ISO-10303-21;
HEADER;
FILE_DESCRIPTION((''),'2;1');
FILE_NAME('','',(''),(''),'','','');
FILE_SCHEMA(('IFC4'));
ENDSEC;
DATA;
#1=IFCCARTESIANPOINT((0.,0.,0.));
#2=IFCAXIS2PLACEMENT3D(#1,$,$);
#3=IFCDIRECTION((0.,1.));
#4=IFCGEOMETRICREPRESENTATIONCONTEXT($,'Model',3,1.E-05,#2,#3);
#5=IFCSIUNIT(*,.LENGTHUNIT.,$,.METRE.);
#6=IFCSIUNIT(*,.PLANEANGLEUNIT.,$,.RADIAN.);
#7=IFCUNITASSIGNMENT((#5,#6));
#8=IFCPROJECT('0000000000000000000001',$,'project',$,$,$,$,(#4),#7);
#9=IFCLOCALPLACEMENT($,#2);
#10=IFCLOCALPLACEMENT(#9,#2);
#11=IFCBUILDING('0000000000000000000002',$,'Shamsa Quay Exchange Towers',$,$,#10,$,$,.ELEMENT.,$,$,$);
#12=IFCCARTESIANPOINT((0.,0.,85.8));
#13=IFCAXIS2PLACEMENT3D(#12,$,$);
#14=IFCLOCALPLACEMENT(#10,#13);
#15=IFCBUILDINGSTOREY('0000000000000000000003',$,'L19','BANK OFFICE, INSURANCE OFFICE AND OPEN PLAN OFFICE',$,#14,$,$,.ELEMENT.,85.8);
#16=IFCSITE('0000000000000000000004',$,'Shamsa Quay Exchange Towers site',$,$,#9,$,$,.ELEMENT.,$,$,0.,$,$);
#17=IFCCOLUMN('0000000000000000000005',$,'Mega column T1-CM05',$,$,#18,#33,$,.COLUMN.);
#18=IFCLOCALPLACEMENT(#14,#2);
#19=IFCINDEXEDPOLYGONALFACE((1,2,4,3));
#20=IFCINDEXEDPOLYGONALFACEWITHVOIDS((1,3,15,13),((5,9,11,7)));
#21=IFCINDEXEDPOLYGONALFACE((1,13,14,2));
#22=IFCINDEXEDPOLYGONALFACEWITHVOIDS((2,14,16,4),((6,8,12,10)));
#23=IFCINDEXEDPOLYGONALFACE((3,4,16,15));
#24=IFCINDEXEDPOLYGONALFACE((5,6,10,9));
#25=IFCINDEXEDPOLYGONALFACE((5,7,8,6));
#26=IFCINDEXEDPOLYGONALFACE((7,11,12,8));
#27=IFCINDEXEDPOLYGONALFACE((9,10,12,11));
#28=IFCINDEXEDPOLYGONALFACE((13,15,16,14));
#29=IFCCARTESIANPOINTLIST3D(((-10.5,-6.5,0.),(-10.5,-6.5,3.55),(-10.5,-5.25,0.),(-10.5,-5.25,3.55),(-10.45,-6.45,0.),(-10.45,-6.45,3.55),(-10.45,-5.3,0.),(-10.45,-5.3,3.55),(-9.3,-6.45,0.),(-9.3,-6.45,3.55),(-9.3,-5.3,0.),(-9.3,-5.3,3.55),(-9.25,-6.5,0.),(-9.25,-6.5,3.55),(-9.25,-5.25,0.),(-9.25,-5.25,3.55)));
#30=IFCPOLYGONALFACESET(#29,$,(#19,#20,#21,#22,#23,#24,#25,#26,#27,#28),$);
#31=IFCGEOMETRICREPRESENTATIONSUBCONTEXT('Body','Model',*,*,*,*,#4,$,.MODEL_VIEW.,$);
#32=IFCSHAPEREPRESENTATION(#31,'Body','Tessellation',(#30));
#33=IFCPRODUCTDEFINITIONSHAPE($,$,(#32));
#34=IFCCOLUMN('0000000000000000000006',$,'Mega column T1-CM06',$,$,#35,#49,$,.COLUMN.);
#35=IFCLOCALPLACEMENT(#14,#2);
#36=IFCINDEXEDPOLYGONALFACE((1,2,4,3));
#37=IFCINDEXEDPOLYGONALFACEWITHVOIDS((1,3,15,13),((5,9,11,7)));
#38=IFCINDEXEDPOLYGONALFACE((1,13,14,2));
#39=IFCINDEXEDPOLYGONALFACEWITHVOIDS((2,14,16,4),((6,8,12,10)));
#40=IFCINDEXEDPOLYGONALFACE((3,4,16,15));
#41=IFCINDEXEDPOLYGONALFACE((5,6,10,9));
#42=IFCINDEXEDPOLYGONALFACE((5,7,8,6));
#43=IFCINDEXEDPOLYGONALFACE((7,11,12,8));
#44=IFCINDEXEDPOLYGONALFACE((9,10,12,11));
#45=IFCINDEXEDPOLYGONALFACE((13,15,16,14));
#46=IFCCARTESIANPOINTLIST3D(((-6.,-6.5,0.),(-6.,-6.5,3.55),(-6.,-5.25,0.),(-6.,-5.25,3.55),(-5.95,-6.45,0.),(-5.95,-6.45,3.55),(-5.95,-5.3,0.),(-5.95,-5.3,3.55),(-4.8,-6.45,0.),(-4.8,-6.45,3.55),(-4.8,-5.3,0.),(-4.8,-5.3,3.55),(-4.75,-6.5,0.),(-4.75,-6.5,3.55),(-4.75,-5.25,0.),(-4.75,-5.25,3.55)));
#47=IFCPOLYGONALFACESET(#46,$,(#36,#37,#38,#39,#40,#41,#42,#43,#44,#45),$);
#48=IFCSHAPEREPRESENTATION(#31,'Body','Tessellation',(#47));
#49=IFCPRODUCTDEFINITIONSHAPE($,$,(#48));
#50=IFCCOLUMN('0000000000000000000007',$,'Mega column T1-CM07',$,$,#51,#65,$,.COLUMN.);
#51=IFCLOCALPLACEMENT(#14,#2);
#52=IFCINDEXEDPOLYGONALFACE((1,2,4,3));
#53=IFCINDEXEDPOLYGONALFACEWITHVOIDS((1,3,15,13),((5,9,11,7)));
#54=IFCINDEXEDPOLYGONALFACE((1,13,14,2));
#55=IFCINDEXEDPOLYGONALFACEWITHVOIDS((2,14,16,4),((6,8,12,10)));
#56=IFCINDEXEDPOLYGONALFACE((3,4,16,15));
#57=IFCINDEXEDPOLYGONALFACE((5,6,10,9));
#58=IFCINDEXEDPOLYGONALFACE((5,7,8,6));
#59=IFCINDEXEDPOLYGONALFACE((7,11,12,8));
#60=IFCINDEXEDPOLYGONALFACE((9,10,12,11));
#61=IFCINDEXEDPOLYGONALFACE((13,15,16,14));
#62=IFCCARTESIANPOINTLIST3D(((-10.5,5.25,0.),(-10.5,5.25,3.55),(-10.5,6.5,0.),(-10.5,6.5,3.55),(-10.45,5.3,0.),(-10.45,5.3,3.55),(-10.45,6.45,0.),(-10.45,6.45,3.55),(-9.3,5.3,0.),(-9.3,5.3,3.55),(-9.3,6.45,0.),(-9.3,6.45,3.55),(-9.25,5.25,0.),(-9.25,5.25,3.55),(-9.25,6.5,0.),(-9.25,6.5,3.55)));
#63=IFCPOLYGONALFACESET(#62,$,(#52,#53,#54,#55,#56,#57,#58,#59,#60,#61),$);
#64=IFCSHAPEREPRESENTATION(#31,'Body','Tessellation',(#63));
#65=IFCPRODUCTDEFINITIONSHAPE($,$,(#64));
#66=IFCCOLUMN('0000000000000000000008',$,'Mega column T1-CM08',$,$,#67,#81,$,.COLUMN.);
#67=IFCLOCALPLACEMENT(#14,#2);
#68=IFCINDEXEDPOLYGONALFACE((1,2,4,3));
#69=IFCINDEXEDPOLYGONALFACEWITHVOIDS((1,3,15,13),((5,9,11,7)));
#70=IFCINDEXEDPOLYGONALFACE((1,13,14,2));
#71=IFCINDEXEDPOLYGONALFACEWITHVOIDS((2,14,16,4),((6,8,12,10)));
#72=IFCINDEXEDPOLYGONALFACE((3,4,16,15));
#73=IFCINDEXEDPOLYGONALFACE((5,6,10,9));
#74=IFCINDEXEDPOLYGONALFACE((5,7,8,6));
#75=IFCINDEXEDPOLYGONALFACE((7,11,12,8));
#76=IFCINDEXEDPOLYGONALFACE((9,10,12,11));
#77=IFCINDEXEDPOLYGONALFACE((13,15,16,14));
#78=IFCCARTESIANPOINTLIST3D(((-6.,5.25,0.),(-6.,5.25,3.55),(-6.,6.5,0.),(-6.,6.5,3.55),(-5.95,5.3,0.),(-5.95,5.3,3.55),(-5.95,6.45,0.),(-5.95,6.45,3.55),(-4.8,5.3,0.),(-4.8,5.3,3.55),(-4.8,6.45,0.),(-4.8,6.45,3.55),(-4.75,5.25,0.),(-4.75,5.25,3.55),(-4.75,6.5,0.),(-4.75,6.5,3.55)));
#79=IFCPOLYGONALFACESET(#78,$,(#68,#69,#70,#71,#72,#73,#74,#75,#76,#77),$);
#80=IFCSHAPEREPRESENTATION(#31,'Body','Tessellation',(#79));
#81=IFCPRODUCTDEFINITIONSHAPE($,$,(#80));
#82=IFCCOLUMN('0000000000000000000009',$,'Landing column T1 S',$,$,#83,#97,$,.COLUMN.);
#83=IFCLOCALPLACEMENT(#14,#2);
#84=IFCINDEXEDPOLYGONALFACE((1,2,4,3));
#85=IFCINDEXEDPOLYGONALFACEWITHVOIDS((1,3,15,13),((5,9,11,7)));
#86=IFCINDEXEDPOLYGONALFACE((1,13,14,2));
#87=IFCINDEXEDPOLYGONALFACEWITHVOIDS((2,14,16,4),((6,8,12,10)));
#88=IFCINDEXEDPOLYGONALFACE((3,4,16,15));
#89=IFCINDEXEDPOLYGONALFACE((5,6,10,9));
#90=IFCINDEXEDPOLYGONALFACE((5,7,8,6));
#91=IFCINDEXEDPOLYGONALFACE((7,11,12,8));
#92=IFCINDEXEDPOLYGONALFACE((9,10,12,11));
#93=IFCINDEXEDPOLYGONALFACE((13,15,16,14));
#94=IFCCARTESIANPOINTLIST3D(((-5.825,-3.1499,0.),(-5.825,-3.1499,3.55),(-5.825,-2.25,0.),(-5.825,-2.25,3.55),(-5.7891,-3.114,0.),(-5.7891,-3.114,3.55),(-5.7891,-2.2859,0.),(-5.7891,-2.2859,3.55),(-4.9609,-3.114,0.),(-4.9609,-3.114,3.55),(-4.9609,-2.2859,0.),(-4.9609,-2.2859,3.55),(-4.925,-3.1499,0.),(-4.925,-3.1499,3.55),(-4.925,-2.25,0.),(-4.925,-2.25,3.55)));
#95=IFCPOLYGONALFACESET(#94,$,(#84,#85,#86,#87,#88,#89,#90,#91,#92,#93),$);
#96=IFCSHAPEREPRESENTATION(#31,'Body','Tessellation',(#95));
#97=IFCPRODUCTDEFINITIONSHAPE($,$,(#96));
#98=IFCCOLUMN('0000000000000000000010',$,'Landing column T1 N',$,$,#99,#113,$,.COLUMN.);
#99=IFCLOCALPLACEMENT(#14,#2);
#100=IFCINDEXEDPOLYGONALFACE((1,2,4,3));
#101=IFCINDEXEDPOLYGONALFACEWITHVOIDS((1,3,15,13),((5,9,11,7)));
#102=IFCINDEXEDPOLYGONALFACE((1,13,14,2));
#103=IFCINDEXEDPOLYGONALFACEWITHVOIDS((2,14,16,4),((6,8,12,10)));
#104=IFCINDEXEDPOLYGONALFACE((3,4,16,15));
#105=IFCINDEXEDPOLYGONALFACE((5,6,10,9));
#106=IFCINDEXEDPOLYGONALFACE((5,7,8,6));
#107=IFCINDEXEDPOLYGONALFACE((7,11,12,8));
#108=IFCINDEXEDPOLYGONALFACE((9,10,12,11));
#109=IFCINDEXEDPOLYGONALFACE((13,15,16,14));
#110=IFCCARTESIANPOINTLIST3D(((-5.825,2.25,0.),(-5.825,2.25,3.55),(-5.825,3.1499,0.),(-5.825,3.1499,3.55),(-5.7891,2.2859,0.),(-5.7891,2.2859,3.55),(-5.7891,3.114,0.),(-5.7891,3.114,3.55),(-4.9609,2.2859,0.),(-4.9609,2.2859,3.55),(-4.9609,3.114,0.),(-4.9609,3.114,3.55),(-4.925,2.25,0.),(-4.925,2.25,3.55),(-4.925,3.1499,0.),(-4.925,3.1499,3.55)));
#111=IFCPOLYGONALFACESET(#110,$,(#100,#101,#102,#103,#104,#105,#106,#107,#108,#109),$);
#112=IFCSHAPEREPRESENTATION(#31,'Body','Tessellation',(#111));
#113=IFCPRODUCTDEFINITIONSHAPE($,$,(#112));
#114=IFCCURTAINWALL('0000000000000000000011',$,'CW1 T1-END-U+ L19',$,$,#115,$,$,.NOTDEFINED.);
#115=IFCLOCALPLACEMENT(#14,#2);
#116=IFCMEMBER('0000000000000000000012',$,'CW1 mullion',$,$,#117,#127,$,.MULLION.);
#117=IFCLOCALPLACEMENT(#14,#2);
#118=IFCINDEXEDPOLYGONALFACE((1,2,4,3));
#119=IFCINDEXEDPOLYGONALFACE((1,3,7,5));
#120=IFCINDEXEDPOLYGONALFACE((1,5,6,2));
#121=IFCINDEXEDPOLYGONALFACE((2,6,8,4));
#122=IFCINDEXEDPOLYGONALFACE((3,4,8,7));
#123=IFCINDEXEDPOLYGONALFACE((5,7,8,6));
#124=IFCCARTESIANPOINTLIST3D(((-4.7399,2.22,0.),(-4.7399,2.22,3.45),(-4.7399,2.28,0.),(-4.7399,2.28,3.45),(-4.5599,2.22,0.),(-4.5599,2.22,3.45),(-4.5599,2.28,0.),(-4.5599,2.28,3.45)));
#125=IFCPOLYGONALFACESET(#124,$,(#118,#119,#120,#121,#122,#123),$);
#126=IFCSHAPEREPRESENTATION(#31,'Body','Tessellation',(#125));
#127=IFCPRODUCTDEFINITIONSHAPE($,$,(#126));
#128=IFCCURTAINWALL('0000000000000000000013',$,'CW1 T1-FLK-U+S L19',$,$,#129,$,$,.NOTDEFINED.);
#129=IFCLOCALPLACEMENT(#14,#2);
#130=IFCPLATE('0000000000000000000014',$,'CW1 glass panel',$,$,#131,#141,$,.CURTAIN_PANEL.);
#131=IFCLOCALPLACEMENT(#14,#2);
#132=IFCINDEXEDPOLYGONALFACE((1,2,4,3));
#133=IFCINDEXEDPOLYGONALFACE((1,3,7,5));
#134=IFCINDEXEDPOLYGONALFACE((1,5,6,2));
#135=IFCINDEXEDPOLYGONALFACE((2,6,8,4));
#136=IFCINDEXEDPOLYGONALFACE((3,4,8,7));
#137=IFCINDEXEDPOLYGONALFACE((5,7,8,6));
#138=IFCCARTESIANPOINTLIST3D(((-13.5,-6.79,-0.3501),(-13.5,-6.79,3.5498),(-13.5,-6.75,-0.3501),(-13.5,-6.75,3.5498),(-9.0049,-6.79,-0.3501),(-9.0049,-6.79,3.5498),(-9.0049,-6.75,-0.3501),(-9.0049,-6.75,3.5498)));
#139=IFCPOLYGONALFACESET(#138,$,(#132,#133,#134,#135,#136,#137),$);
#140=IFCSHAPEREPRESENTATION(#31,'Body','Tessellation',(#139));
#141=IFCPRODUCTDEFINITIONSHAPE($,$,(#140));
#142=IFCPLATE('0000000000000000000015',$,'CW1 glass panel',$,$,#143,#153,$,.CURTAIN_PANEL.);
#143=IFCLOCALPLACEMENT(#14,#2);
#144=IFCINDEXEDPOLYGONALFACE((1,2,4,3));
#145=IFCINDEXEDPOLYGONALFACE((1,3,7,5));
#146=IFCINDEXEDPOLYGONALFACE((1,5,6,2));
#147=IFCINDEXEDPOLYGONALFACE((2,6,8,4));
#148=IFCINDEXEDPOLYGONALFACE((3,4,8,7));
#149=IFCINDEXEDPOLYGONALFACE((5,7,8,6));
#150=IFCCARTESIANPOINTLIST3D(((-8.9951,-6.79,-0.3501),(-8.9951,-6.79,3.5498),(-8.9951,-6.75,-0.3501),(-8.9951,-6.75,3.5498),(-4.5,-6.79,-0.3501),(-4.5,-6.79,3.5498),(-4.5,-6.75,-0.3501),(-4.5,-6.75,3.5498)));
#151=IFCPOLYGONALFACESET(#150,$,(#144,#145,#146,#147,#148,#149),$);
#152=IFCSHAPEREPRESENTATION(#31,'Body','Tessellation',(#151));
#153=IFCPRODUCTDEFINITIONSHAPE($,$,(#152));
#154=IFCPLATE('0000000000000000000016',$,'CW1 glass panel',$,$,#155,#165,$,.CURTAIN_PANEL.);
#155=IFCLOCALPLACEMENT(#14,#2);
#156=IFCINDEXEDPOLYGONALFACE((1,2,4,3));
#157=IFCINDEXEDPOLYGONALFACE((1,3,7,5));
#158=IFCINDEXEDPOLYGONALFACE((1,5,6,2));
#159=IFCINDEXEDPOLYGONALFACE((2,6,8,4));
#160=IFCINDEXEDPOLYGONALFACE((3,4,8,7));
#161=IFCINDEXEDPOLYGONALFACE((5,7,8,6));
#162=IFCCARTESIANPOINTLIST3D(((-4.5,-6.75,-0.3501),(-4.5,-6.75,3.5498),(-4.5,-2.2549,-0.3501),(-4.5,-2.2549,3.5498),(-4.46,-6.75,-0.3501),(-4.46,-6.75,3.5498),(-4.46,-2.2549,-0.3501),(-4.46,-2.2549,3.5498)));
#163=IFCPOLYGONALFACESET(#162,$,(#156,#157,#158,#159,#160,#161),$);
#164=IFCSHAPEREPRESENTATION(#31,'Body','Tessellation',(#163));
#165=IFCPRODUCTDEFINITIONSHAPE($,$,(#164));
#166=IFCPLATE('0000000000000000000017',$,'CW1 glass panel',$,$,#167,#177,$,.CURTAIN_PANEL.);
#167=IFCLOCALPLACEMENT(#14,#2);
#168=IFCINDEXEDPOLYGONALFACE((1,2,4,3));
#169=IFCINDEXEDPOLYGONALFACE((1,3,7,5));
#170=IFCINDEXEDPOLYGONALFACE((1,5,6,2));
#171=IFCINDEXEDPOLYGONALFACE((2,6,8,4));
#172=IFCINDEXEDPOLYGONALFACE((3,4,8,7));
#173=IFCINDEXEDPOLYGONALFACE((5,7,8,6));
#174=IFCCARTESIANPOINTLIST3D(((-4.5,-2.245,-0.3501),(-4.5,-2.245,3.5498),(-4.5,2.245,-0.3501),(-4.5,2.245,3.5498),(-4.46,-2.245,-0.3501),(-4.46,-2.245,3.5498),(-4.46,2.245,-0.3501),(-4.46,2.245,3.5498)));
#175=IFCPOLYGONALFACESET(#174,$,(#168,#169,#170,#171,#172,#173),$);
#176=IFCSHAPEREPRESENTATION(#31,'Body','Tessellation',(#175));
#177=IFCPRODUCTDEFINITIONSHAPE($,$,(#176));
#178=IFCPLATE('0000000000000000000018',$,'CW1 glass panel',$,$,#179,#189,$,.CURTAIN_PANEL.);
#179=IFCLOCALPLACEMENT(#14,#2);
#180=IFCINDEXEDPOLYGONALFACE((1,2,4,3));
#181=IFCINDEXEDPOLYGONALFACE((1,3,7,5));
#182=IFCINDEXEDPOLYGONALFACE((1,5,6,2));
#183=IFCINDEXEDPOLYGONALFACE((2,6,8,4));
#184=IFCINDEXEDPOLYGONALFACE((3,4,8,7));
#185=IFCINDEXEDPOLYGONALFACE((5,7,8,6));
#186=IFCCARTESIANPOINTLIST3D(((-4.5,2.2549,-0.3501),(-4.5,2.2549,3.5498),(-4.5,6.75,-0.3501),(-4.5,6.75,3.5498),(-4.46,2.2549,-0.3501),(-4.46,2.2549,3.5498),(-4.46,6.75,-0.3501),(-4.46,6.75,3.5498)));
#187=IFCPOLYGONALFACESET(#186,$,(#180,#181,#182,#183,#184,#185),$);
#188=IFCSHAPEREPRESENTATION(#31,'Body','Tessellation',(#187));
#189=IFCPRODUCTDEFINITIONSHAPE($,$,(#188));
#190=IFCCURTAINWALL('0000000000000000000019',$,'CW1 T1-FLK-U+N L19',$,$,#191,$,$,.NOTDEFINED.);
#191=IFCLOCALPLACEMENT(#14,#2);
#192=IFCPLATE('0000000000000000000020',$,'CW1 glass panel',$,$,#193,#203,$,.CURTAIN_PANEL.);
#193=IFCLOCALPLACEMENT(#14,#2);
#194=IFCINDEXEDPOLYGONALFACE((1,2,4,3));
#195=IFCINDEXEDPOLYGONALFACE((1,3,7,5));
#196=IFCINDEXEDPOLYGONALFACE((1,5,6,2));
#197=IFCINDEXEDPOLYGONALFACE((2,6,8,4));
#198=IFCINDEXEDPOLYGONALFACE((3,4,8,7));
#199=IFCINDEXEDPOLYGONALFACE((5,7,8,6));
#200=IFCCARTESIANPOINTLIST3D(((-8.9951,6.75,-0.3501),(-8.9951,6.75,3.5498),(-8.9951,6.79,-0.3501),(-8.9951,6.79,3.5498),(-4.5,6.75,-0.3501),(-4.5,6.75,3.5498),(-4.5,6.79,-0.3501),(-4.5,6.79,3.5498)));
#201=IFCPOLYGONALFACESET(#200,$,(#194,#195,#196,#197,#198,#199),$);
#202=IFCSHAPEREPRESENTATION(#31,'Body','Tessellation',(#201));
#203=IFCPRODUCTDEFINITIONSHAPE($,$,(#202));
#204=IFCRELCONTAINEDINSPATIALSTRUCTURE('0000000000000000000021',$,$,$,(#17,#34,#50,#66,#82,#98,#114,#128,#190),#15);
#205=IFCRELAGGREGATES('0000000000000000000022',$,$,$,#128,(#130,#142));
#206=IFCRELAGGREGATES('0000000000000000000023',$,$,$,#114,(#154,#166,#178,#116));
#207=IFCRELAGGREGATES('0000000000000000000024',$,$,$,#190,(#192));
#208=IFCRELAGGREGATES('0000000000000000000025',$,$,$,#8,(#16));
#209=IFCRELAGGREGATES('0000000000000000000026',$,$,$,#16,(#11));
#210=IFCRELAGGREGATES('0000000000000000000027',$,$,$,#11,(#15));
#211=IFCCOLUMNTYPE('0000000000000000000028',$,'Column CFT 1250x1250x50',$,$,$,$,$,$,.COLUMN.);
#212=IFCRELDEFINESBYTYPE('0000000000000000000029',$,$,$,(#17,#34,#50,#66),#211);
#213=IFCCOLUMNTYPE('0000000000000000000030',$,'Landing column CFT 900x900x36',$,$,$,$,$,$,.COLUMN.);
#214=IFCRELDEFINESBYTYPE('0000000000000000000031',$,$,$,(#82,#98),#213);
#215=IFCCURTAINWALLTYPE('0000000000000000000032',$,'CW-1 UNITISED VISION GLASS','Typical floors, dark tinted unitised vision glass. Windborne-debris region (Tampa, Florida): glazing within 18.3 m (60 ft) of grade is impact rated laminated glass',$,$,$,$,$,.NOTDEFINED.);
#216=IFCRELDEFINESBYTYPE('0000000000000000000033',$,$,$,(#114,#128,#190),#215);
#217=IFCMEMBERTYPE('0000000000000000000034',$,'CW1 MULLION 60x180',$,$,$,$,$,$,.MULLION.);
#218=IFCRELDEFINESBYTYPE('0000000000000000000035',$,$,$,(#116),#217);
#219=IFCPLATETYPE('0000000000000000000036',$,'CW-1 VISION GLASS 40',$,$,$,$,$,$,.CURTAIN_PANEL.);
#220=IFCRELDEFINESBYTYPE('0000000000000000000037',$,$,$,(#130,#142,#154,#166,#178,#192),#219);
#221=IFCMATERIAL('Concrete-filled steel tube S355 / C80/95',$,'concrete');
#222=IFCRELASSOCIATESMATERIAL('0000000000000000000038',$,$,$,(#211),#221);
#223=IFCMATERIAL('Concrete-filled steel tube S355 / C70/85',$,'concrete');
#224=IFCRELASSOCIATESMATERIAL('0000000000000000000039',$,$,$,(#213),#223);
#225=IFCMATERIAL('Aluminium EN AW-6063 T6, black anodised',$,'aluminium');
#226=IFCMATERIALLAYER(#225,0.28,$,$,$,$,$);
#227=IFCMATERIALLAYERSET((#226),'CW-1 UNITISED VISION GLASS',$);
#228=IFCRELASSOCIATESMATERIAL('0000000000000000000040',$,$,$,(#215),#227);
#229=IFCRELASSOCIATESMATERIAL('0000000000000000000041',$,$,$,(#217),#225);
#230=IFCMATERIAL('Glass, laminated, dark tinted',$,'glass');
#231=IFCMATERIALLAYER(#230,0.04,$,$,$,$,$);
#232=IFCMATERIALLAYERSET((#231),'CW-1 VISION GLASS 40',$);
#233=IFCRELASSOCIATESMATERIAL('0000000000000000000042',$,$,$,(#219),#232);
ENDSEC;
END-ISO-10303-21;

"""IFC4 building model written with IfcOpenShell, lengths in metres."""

from ifc_helpers import new_model, si_unit, direction, frame, origin, origin_2d, place, context, subcontext, project, spatial, rectangle, hollow_rectangle, extrude, material, layer, layer_set, material_profile, profile_set, type_object, element, aggregate, save


model = new_model("IFC4")

# Units and contexts
model_context = context("Model", 3, precision=1e-05, world=origin(), true_north=direction((0.0, 1.0)))
body_context = subcontext(model_context, "Body", "Model", "MODEL_VIEW")
ifc_project = project(units=[si_unit("LENGTHUNIT", "METRE"), si_unit("PLANEANGLEUNIT", "RADIAN")], contexts=[model_context])

# Site, building, storey
site_placement = place(None, origin())
site = spatial("IfcSite", under=ifc_project, at=site_placement, Name="Shamsa Quay Exchange Towers site", CompositionType="ELEMENT", RefElevation=0.0)
building_placement = place(site_placement, origin())
building = spatial("IfcBuilding", under=site, at=building_placement, Name="Shamsa Quay Exchange Towers", CompositionType="ELEMENT")
storey_placement = place(building_placement, frame((0.0, 0.0, 85.8)))
storey = spatial("IfcBuildingStorey", under=building, at=storey_placement, Name="L19", Description="BANK OFFICE, INSURANCE OFFICE AND OPEN PLAN OFFICE", CompositionType="ELEMENT", Elevation=85.8)

# Columns
ifc_material_1 = material(Name="Concrete-filled steel tube S355 / C80/95", Category="concrete")
ifc_material_profile_1 = material_profile(ifc_material_1, hollow_rectangle(XDim=1.25, YDim=1.25, WallThickness=0.05, at=origin_2d()), Name="CFT 1250x1250x50")
ifc_profile_set_1 = profile_set([ifc_material_profile_1], Name="Concrete-filled steel tube S355 / C80/95")
column_type_1 = type_object("IfcColumnType", Name="Column CFT 1250x1250x50", PredefinedType="COLUMN", material=ifc_profile_set_1)
for number, where, name in (
    (1, (-9.875, -5.875, 0.0), "Mega column T1-CM05"),
    (2, (-5.375, -5.875, 0.0), "Mega column T1-CM06"),
    (3, (-9.875, 5.875, 0.0), "Mega column T1-CM07"),
    (4, (-5.375, 5.875, 0.0), "Mega column T1-CM08"),
):
    element("IfcColumn", number, at=place(storey_placement, frame(where)), inside=storey, type_object=column_type_1, Name=name, PredefinedType="COLUMN", context=body_context, shape_type="SweptSolid", body=[
        extrude(hollow_rectangle(XDim=1.25, YDim=1.25, WallThickness=0.05, at=origin_2d()), origin(), (0.0, 0.0, 1.0), 3.55),
    ])
ifc_material_2 = material(Name="Concrete-filled steel tube S355 / C70/85", Category="concrete")
ifc_material_profile_2 = material_profile(ifc_material_2, hollow_rectangle(XDim=0.8999, YDim=0.8999, WallThickness=0.0359, at=origin_2d()), Name="CFT 900x900x36")
ifc_profile_set_2 = profile_set([ifc_material_profile_2], Name="Concrete-filled steel tube S355 / C70/85")
column_type_2 = type_object("IfcColumnType", Name="Landing column CFT 900x900x36", PredefinedType="COLUMN", material=ifc_profile_set_2)
for number, where, name in (
    (5, (-5.375, -2.7, 0.0), "Landing column T1 S"),
    (6, (-5.375, 2.7, 0.0), "Landing column T1 N"),
):
    element("IfcColumn", number, at=place(storey_placement, frame(where)), inside=storey, type_object=column_type_2, Name=name, PredefinedType="COLUMN", context=body_context, shape_type="SweptSolid", body=[
        extrude(hollow_rectangle(XDim=0.8999, YDim=0.8999, WallThickness=0.0359, at=origin_2d()), origin(), (0.0, 0.0, 1.0), 3.55),
    ])

# Curtain wall, member
ifc_material_3 = material(Name="Aluminium EN AW-6063 T6, black anodised", Category="aluminium")
ifc_layer_1 = layer(ifc_material_3, 0.28)
ifc_layer_set_1 = layer_set([ifc_layer_1], Name="CW-1 UNITISED VISION GLASS")
curtain_wall_type_1 = type_object("IfcCurtainWallType", Name="CW-1 UNITISED VISION GLASS", Description="Typical floors, dark tinted unitised vision glass. Windborne-debris region (Tampa, Florida): glazing within 18.3 m (60 ft) of grade is impact rated laminated glass", PredefinedType="NOTDEFINED", material=ifc_layer_set_1)
curtain_wall_1_placement = place(storey_placement, origin())
curtain_wall_1 = element("IfcCurtainWall", 7, at=curtain_wall_1_placement, inside=storey, type_object=curtain_wall_type_1, Name="CW1 T1-END-U+ L19", PredefinedType="NOTDEFINED")
ifc_material_profile_3 = material_profile(ifc_material_3, rectangle(XDim=0.1799, YDim=0.0601, at=origin_2d()), Name="MU60x180")
ifc_profile_set_3 = profile_set([ifc_material_profile_3], Name="Aluminium EN AW-6063 T6, black anodised")
member_type = type_object("IfcMemberType", Name="CW1 MULLION 60x180", PredefinedType="MULLION", material=ifc_profile_set_3)
member_placement = place(storey_placement, frame((-4.6499, 2.25, 0.0), z_axis=(0.0, 0.0, 1.0), x_axis=(-1.0, 0.0, 0.0)))
member = element("IfcMember", 8, at=member_placement, type_object=member_type, Name="CW1 mullion", PredefinedType="MULLION", context=body_context, shape_type="SweptSolid", body=[
    extrude(rectangle(XDim=0.1799, YDim=0.0601, at=origin_2d()), origin(), (0.0, 0.0, 1.0), 3.45),
])

# Curtain wall, plates
curtain_wall_2_placement = place(storey_placement, origin())
curtain_wall_2 = element("IfcCurtainWall", 9, at=curtain_wall_2_placement, inside=storey, type_object=curtain_wall_type_1, Name="CW1 T1-FLK-U+S L19", PredefinedType="NOTDEFINED")
ifc_material_4 = material(Name="Glass, laminated, dark tinted", Category="glass")
ifc_layer_2 = layer(ifc_material_4, 0.04)
ifc_layer_set_2 = layer_set([ifc_layer_2], Name="CW-1 VISION GLASS 40")
plate_type_1 = type_object("IfcPlateType", Name="CW-1 VISION GLASS 40", PredefinedType="CURTAIN_PANEL", material=ifc_layer_set_2)
plate_1_placement = place(storey_placement, frame((-11.2524, -6.77, -0.3501)))
plate_1 = element("IfcPlate", 10, at=plate_1_placement, type_object=plate_type_1, Name="CW1 glass panel", PredefinedType="CURTAIN_PANEL", context=body_context, shape_type="SweptSolid", body=[
    extrude(rectangle(XDim=4.4951, YDim=0.04, at=origin_2d()), origin(), (0.0, 0.0, 1.0), 3.8999),
])
plate_2_placement = place(storey_placement, frame((-6.7476, -6.77, -0.3501)))
plate_2 = element("IfcPlate", 11, at=plate_2_placement, type_object=plate_type_1, Name="CW1 glass panel", PredefinedType="CURTAIN_PANEL", context=body_context, shape_type="SweptSolid", body=[
    extrude(rectangle(XDim=4.4951, YDim=0.04, at=origin_2d()), origin(), (0.0, 0.0, 1.0), 3.8999),
])
aggregate(curtain_wall_2, [plate_1, plate_2])

# Plates
plate_3_placement = place(storey_placement, frame((-4.48, -4.5024, -0.3501), z_axis=(0.0, 0.0, 1.0), x_axis=(0.0, 1.0, 0.0)))
plate_3 = element("IfcPlate", 12, at=plate_3_placement, type_object=plate_type_1, Name="CW1 glass panel", PredefinedType="CURTAIN_PANEL", context=body_context, shape_type="SweptSolid", body=[
    extrude(rectangle(XDim=4.4951, YDim=0.04, at=origin_2d()), origin(), (0.0, 0.0, 1.0), 3.8999),
])
plate_4_placement = place(storey_placement, frame((-4.48, 0.0, -0.3501), z_axis=(0.0, 0.0, 1.0), x_axis=(0.0, 1.0, 0.0)))
plate_4 = element("IfcPlate", 13, at=plate_4_placement, type_object=plate_type_1, Name="CW1 glass panel", PredefinedType="CURTAIN_PANEL", context=body_context, shape_type="SweptSolid", body=[
    extrude(rectangle(XDim=4.49, YDim=0.04, at=origin_2d()), origin(), (0.0, 0.0, 1.0), 3.8999),
])
plate_5_placement = place(storey_placement, frame((-4.48, 4.5024, -0.3501), z_axis=(0.0, 0.0, 1.0), x_axis=(0.0, 1.0, 0.0)))
plate_5 = element("IfcPlate", 14, at=plate_5_placement, type_object=plate_type_1, Name="CW1 glass panel", PredefinedType="CURTAIN_PANEL", context=body_context, shape_type="SweptSolid", body=[
    extrude(rectangle(XDim=4.4951, YDim=0.04, at=origin_2d()), origin(), (0.0, 0.0, 1.0), 3.8999),
])
aggregate(curtain_wall_1, [plate_3, plate_4, plate_5, member])

# Curtain wall, plate
curtain_wall_3_placement = place(storey_placement, origin())
curtain_wall_3 = element("IfcCurtainWall", 15, at=curtain_wall_3_placement, inside=storey, type_object=curtain_wall_type_1, Name="CW1 T1-FLK-U+N L19", PredefinedType="NOTDEFINED")
plate_6_placement = place(storey_placement, frame((-6.7476, 6.77, -0.3501), z_axis=(0.0, 0.0, 1.0), x_axis=(-1.0, 0.0, 0.0)))
plate_6 = element("IfcPlate", 16, at=plate_6_placement, type_object=plate_type_1, Name="CW1 glass panel", PredefinedType="CURTAIN_PANEL", context=body_context, shape_type="SweptSolid", body=[
    extrude(rectangle(XDim=4.4951, YDim=0.04, at=origin_2d()), origin(), (0.0, 0.0, 1.0), 3.8999),
])
aggregate(curtain_wall_3, [plate_6])

save(model, "model.ifc")
